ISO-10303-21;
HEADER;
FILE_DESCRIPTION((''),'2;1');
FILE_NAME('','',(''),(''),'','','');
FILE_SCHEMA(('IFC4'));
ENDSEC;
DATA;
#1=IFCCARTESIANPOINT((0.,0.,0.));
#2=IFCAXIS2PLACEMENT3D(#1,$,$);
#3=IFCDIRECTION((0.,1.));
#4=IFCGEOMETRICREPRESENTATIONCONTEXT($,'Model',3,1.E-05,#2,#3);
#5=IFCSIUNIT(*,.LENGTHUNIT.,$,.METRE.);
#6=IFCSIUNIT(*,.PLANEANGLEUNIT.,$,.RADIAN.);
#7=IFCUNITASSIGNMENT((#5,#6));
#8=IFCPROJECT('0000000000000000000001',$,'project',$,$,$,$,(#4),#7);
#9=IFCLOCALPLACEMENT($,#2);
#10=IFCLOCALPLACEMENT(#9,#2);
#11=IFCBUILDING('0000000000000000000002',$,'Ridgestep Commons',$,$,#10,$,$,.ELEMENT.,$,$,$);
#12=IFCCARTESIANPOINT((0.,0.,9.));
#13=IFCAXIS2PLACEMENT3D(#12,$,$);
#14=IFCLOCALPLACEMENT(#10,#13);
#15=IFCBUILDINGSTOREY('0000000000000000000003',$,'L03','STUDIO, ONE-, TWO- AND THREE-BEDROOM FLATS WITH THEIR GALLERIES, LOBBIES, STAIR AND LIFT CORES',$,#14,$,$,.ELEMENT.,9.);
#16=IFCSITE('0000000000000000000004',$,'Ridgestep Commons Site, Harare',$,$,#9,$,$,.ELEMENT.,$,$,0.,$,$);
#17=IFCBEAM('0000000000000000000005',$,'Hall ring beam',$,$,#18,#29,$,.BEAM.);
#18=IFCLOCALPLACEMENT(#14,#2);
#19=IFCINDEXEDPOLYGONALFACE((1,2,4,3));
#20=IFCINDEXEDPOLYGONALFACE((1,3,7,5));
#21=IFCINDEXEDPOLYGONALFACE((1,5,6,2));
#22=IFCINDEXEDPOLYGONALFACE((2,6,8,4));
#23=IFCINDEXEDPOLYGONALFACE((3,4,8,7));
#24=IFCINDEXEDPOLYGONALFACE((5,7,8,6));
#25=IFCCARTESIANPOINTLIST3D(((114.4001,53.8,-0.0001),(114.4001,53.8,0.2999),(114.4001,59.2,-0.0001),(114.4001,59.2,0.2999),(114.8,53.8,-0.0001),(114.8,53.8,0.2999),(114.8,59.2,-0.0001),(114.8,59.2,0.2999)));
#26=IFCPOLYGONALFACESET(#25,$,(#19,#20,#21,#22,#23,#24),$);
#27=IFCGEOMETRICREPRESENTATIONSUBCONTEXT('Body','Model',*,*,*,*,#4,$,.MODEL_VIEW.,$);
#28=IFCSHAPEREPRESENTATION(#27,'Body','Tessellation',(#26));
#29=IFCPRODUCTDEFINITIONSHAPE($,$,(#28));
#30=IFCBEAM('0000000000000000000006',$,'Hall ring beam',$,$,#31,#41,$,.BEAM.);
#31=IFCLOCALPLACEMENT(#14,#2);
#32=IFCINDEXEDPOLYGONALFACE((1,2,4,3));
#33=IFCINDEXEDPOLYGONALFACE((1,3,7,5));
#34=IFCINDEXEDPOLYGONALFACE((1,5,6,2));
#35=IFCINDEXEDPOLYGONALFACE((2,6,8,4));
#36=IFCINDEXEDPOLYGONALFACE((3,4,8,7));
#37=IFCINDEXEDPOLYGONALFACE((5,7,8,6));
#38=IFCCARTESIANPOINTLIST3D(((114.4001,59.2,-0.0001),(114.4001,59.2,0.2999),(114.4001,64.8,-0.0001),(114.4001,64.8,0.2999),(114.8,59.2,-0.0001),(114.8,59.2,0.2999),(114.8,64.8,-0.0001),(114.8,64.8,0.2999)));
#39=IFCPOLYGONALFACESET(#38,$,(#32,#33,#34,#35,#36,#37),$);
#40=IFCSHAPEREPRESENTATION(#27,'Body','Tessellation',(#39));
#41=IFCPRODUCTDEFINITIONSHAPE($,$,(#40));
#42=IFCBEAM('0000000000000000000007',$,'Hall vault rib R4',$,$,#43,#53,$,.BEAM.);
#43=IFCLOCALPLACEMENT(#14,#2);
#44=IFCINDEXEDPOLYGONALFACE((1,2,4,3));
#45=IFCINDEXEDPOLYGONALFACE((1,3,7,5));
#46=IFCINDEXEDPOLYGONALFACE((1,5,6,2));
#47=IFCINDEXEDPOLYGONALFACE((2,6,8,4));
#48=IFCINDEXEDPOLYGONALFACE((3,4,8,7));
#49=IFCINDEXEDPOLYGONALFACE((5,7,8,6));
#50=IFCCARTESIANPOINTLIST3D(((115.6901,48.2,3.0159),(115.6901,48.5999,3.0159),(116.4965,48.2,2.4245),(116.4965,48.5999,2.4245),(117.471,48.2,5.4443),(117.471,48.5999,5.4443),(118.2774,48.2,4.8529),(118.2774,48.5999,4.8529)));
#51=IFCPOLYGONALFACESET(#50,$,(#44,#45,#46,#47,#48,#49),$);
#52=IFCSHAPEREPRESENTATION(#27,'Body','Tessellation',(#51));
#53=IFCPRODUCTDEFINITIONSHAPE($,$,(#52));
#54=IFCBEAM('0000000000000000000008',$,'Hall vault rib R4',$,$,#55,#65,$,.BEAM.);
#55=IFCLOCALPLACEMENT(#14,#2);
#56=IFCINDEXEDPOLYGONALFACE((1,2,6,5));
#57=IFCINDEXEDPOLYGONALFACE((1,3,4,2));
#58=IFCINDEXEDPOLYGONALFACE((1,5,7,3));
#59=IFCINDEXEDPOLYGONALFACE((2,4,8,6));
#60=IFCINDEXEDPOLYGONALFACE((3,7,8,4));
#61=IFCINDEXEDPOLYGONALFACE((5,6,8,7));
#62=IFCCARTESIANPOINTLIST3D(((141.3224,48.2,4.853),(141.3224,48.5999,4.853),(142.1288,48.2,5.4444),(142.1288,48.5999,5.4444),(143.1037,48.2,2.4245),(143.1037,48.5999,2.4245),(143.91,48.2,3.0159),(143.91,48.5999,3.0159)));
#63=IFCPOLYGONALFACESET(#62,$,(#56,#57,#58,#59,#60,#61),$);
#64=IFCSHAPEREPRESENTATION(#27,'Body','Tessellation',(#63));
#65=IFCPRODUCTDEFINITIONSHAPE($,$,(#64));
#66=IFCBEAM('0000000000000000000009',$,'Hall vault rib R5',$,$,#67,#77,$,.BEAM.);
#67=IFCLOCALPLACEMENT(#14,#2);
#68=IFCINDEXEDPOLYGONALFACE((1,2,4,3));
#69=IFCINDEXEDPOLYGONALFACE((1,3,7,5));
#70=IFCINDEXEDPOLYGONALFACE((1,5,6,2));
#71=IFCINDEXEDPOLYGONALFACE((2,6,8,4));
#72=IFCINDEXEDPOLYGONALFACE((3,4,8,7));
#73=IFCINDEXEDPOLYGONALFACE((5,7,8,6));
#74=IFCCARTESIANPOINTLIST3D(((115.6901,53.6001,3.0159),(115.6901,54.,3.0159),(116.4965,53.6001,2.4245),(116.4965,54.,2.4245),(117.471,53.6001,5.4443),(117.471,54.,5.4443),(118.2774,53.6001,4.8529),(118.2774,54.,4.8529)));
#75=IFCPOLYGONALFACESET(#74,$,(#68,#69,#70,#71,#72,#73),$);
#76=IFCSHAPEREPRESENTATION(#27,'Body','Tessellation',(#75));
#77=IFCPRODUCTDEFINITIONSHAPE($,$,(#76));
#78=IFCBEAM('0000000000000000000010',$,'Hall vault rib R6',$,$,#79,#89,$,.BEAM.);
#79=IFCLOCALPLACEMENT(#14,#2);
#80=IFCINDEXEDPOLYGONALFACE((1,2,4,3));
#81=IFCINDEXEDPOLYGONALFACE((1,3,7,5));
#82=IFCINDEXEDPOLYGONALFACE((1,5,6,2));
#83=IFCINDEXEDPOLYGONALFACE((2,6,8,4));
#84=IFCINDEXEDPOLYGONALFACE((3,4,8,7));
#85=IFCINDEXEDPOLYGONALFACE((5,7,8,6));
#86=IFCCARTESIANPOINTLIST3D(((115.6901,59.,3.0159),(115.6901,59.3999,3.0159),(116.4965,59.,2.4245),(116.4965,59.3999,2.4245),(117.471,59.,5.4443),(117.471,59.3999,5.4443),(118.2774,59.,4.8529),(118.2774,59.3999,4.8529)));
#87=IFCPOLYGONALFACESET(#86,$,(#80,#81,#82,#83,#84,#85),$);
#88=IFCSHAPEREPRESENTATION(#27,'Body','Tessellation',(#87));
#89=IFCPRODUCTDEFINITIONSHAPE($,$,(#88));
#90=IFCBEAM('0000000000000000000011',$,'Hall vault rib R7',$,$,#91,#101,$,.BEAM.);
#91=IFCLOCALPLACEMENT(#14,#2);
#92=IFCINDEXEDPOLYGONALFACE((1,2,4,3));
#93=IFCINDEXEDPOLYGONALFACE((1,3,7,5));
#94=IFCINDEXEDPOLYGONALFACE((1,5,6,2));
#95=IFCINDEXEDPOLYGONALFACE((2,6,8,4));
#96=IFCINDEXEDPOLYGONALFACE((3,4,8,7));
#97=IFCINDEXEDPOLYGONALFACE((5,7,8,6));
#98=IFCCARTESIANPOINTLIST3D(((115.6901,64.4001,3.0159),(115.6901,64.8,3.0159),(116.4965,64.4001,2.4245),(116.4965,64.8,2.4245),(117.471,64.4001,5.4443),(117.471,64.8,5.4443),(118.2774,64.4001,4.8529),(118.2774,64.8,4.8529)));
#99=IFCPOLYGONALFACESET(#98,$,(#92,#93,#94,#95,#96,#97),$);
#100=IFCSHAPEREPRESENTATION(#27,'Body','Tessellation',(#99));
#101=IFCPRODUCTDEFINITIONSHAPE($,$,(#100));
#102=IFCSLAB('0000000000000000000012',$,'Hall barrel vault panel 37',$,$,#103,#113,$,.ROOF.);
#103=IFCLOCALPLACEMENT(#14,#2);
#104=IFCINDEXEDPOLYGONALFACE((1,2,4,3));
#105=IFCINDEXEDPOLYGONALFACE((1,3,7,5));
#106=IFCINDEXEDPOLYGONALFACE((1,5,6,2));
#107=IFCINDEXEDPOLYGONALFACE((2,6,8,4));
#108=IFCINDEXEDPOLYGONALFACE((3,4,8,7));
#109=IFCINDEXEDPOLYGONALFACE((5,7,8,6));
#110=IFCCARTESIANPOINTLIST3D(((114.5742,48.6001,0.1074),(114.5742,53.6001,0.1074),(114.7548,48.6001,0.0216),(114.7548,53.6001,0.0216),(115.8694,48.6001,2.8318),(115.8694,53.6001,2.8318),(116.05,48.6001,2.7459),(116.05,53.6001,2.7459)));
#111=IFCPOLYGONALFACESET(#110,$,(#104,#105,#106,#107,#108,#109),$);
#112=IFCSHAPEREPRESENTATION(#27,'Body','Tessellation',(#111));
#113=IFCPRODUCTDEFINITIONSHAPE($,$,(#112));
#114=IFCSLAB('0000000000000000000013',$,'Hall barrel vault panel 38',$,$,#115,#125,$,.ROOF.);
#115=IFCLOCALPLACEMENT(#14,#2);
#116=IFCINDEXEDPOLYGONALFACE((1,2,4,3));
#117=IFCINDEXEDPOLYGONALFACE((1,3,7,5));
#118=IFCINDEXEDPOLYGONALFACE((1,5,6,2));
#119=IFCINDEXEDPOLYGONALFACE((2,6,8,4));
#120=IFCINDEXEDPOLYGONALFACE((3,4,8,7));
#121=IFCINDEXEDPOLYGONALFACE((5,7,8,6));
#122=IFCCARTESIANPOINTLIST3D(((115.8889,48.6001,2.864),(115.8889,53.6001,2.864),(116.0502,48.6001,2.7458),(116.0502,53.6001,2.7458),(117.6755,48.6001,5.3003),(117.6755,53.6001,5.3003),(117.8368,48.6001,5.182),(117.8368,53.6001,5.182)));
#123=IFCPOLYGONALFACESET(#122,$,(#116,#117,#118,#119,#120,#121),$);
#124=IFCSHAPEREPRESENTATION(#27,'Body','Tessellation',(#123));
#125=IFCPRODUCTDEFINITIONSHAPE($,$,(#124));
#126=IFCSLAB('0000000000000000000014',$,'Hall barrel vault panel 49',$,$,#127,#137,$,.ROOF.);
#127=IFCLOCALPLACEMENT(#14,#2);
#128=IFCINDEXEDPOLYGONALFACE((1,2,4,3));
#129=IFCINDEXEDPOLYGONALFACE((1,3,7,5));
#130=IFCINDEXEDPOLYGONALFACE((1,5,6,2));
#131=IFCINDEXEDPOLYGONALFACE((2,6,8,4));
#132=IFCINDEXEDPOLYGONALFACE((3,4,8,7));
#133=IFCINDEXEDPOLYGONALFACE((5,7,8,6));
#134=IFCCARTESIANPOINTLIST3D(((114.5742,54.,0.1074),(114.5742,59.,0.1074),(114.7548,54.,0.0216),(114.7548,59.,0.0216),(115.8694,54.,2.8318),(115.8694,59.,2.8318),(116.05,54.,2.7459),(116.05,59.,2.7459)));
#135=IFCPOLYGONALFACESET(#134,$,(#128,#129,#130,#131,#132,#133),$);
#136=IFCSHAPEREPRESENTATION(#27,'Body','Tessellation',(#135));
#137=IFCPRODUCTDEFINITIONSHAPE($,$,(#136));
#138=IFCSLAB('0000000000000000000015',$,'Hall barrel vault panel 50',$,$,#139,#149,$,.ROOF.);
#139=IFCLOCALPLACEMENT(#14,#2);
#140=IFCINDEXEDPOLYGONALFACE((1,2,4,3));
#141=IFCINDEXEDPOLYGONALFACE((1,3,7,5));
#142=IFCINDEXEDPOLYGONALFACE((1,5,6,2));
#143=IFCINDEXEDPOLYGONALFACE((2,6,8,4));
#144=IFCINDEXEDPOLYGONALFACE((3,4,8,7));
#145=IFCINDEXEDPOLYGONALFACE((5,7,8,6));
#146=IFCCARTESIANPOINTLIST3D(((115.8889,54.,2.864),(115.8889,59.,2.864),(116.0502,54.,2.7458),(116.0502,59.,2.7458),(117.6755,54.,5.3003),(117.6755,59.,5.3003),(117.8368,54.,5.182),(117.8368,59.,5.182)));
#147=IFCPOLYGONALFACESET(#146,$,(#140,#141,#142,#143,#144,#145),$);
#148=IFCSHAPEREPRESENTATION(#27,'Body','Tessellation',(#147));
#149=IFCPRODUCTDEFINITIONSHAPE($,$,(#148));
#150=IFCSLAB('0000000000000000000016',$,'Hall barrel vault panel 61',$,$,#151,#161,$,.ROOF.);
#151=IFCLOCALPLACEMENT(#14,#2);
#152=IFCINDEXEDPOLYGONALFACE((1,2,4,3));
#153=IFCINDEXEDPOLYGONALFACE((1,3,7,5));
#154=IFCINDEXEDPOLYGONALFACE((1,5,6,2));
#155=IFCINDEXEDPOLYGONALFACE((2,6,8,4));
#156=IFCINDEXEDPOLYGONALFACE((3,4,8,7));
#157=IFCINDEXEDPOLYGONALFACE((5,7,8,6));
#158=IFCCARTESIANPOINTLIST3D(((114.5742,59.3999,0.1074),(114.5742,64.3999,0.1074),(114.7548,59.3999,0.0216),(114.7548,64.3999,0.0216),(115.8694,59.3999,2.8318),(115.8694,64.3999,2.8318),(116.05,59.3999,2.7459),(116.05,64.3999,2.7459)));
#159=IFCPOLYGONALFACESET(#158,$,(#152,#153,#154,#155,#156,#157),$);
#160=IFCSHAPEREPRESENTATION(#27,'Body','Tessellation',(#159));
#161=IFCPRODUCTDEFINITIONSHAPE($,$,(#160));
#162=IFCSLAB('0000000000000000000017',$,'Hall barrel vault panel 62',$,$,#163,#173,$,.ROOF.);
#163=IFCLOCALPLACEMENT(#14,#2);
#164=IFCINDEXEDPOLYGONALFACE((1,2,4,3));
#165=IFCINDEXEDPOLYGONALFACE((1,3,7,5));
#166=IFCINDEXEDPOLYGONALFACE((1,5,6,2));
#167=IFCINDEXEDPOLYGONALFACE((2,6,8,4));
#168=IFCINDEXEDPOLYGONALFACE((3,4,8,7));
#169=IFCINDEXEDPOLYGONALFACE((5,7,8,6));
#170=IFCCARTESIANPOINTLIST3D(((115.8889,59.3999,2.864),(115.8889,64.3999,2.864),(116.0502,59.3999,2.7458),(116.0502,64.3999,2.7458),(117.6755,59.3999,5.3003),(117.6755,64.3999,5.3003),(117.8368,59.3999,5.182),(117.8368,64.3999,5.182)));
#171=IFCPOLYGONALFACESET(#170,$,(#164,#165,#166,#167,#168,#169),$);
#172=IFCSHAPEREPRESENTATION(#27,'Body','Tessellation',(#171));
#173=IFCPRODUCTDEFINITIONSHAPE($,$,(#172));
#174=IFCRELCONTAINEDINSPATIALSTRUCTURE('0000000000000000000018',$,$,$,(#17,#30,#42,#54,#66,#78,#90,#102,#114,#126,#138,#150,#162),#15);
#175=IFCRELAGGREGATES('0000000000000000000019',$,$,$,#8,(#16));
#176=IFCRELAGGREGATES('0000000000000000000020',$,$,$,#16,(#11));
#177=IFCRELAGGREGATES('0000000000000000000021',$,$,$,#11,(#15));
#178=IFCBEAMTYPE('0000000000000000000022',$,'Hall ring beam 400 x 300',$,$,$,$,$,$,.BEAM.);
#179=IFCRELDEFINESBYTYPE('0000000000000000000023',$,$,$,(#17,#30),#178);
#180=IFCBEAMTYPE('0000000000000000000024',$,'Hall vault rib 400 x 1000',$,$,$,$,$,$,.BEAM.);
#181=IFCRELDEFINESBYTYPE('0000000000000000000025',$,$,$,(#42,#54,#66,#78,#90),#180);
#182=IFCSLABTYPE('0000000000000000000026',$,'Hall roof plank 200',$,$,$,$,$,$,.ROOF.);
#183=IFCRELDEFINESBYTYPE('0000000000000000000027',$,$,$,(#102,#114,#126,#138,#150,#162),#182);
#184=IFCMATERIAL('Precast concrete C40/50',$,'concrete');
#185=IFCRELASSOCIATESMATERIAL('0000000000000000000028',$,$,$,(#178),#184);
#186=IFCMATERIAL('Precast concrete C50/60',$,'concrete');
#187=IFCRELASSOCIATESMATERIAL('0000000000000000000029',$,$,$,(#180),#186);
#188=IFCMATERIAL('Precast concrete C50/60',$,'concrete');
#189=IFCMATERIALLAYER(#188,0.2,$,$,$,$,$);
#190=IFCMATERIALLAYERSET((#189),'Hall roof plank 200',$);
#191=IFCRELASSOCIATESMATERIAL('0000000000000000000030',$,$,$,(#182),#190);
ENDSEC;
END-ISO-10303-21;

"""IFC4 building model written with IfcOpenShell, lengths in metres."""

from ifc_helpers import new_model, si_unit, direction, frame, origin, origin_2d, place, context, subcontext, project, spatial, polyline, rectangle, outline, extrude, material, layer, layer_set, material_profile, profile_set, type_object, element, save


model = new_model("IFC4")

# Units and contexts
model_context = context("Model", 3, precision=1e-05, world=origin(), true_north=direction((0.0, 1.0)))
body_context = subcontext(model_context, "Body", "Model", "MODEL_VIEW")
ifc_project = project(units=[si_unit("LENGTHUNIT", "METRE"), si_unit("PLANEANGLEUNIT", "RADIAN")], contexts=[model_context])

# Site, building, storey
site_placement = place(None, origin())
site = spatial("IfcSite", under=ifc_project, at=site_placement, Name="Ridgestep Commons Site, Harare", CompositionType="ELEMENT", RefElevation=0.0)
building_placement = place(site_placement, origin())
building = spatial("IfcBuilding", under=site, at=building_placement, Name="Ridgestep Commons", CompositionType="ELEMENT")
storey_placement = place(building_placement, frame((0.0, 0.0, 9.0)))
storey = spatial("IfcBuildingStorey", under=building, at=storey_placement, Name="L03", Description="STUDIO, ONE-, TWO- AND THREE-BEDROOM FLATS WITH THEIR GALLERIES, LOBBIES, STAIR AND LIFT CORES", CompositionType="ELEMENT", Elevation=9.0)

# Beams
ifc_material_1 = material(Name="Precast concrete C40/50", Category="concrete")
ifc_material_profile_1 = material_profile(ifc_material_1, rectangle(XDim=0.3999, YDim=0.3, at=origin_2d()), Name="Hall ring beam 400 x 300")
ifc_profile_set_1 = profile_set([ifc_material_profile_1], Name="Precast concrete C40/50")
beam_type_1 = type_object("IfcBeamType", Name="Hall ring beam 400 x 300", PredefinedType="BEAM", material=ifc_profile_set_1)
beam_1_placement = place(storey_placement, frame((114.6001, 53.8, 0.1499), z_axis=(0.0, 1.0, 0.0), x_axis=(-1.0, 0.0, 0.0)))
element("IfcBeam", 1, at=beam_1_placement, inside=storey, type_object=beam_type_1, Name="Hall ring beam", PredefinedType="BEAM", context=body_context, shape_type="SweptSolid", body=[
    extrude(rectangle(XDim=0.3999, YDim=0.3, at=origin_2d()), origin(), (0.0, 0.0, 1.0), 5.3999),
])
beam_2_placement = place(storey_placement, frame((114.6001, 59.2, 0.1499), z_axis=(0.0, 1.0, 0.0), x_axis=(-1.0, 0.0, 0.0)))
element("IfcBeam", 2, at=beam_2_placement, inside=storey, type_object=beam_type_1, Name="Hall ring beam", PredefinedType="BEAM", context=body_context, shape_type="SweptSolid", body=[
    extrude(rectangle(XDim=0.3999, YDim=0.3, at=origin_2d()), origin(), (0.0, 0.0, 1.0), 5.6001),
])
ifc_material_2 = material(Name="Precast concrete C50/60", Category="concrete")
ifc_material_profile_2 = material_profile(ifc_material_2, rectangle(XDim=0.3999, YDim=1.0, at=origin_2d()), Name="Hall vault rib 400 x 1000")
ifc_profile_set_2 = profile_set([ifc_material_profile_2], Name="Precast concrete C50/60")
beam_type_2 = type_object("IfcBeamType", Name="Hall vault rib 400 x 1000", PredefinedType="BEAM", material=ifc_profile_set_2)
beam_3_placement = place(storey_placement, frame((116.0933, 48.3999, 2.7202), z_axis=(0.591392, 0.0, 0.806384), x_axis=(0.0, 1.0, 0.0)))
element("IfcBeam", 3, at=beam_3_placement, inside=storey, type_object=beam_type_2, Name="Hall vault rib R4", PredefinedType="BEAM", context=body_context, shape_type="SweptSolid", body=[
    extrude(rectangle(XDim=0.3999, YDim=1.0, at=origin_2d()), origin(), (0.0, 0.0, 1.0), 3.0115),
])
beam_4_placement = place(storey_placement, frame((141.7256, 48.3999, 5.1487), z_axis=(0.591444, 0.0, -0.806346), x_axis=(0.0, 1.0, 0.0)))
element("IfcBeam", 4, at=beam_4_placement, inside=storey, type_object=beam_type_2, Name="Hall vault rib R4", PredefinedType="BEAM", context=body_context, shape_type="SweptSolid", body=[
    extrude(rectangle(XDim=0.3999, YDim=1.0, at=origin_2d()), origin(), (0.0, 0.0, 1.0), 3.0117),
])
for number, where, z_axis, x_axis, name in (
    (5, (116.0933, 53.8, 2.7202), (0.591392, 0.0, 0.806384), (0.0, 1.0, 0.0), "Hall vault rib R5"),
    (6, (116.0933, 59.2, 2.7202), (0.591392, 0.0, 0.806384), (0.0, 1.0, 0.0), "Hall vault rib R6"),
    (7, (116.0933, 64.6001, 2.7202), (0.591392, 0.0, 0.806384), (0.0, 1.0, 0.0), "Hall vault rib R7"),
):
    element("IfcBeam", number, at=place(storey_placement, frame(where, z_axis=z_axis, x_axis=x_axis)), inside=storey, type_object=beam_type_2, Name=name, PredefinedType="BEAM", context=body_context, shape_type="SweptSolid", body=[
        extrude(rectangle(XDim=0.3999, YDim=1.0, at=origin_2d()), origin(), (0.0, 0.0, 1.0), 3.0115),
    ])

# Slabs
ifc_material_3 = material(Name="Precast concrete C50/60", Category="concrete")
ifc_layer_1 = layer(ifc_material_3, 0.2)
ifc_layer_set_1 = layer_set([ifc_layer_1], Name="Hall roof plank 200")
slab_type = type_object("IfcSlabType", Name="Hall roof plank 200", PredefinedType="ROOF", material=ifc_layer_set_1)
slab_1_placement = place(storey_placement, frame((114.5742, 48.6001, 0.1074), z_axis=(-0.903137, 0.0, 0.429352), x_axis=(0.429352, 0.0, 0.903137)))
element("IfcSlab", 8, at=slab_1_placement, inside=storey, type_object=slab_type, Name="Hall barrel vault panel 37", PredefinedType="ROOF", context=body_context, shape_type="SweptSolid", body=[
    extrude(outline(polyline([(0.0, 0.0), (3.0166, 0.0), (3.0166, 5.0), (0.0, 5.0), (0.0, 0.0)])), origin(), (0.0, 0.0, -1.0), 0.2),
])
slab_2_placement = place(storey_placement, frame((115.8889, 48.6001, 2.864), z_axis=(-0.806402, 0.0, 0.591367), x_axis=(0.591367, 0.0, 0.806402)))
element("IfcSlab", 9, at=slab_2_placement, inside=storey, type_object=slab_type, Name="Hall barrel vault panel 38", PredefinedType="ROOF", context=body_context, shape_type="SweptSolid", body=[
    extrude(outline(polyline([(0.0, 0.0), (3.0212, 0.0), (3.0212, 5.0), (0.0, 5.0), (0.0, 0.0)])), origin(), (0.0, 0.0, -1.0), 0.2),
])
slab_3_placement = place(storey_placement, frame((114.5742, 54.0, 0.1074), z_axis=(-0.903137, 0.0, 0.429352), x_axis=(0.429352, 0.0, 0.903137)))
element("IfcSlab", 10, at=slab_3_placement, inside=storey, type_object=slab_type, Name="Hall barrel vault panel 49", PredefinedType="ROOF", context=body_context, shape_type="SweptSolid", body=[
    extrude(outline(polyline([(0.0, 0.0), (3.0166, 0.0), (3.0166, 5.0), (0.0, 5.0), (0.0, 0.0)])), origin(), (0.0, 0.0, -1.0), 0.2),
])
slab_4_placement = place(storey_placement, frame((115.8889, 54.0, 2.864), z_axis=(-0.806402, 0.0, 0.591367), x_axis=(0.591367, 0.0, 0.806402)))
element("IfcSlab", 11, at=slab_4_placement, inside=storey, type_object=slab_type, Name="Hall barrel vault panel 50", PredefinedType="ROOF", context=body_context, shape_type="SweptSolid", body=[
    extrude(outline(polyline([(0.0, 0.0), (3.0212, 0.0), (3.0212, 5.0), (0.0, 5.0), (0.0, 0.0)])), origin(), (0.0, 0.0, -1.0), 0.2),
])
slab_5_placement = place(storey_placement, frame((114.5742, 59.3999, 0.1074), z_axis=(-0.903137, 0.0, 0.429352), x_axis=(0.429352, 0.0, 0.903137)))
element("IfcSlab", 12, at=slab_5_placement, inside=storey, type_object=slab_type, Name="Hall barrel vault panel 61", PredefinedType="ROOF", context=body_context, shape_type="SweptSolid", body=[
    extrude(outline(polyline([(0.0, 0.0), (3.0166, 0.0), (3.0166, 5.0), (0.0, 5.0), (0.0, 0.0)])), origin(), (0.0, 0.0, -1.0), 0.2),
])
slab_6_placement = place(storey_placement, frame((115.8889, 59.3999, 2.864), z_axis=(-0.806402, 0.0, 0.591367), x_axis=(0.591367, 0.0, 0.806402)))
element("IfcSlab", 13, at=slab_6_placement, inside=storey, type_object=slab_type, Name="Hall barrel vault panel 62", PredefinedType="ROOF", context=body_context, shape_type="SweptSolid", body=[
    extrude(outline(polyline([(0.0, 0.0), (3.0212, 0.0), (3.0212, 5.0), (0.0, 5.0), (0.0, 0.0)])), origin(), (0.0, 0.0, -1.0), 0.2),
])

save(model, "model.ifc")
